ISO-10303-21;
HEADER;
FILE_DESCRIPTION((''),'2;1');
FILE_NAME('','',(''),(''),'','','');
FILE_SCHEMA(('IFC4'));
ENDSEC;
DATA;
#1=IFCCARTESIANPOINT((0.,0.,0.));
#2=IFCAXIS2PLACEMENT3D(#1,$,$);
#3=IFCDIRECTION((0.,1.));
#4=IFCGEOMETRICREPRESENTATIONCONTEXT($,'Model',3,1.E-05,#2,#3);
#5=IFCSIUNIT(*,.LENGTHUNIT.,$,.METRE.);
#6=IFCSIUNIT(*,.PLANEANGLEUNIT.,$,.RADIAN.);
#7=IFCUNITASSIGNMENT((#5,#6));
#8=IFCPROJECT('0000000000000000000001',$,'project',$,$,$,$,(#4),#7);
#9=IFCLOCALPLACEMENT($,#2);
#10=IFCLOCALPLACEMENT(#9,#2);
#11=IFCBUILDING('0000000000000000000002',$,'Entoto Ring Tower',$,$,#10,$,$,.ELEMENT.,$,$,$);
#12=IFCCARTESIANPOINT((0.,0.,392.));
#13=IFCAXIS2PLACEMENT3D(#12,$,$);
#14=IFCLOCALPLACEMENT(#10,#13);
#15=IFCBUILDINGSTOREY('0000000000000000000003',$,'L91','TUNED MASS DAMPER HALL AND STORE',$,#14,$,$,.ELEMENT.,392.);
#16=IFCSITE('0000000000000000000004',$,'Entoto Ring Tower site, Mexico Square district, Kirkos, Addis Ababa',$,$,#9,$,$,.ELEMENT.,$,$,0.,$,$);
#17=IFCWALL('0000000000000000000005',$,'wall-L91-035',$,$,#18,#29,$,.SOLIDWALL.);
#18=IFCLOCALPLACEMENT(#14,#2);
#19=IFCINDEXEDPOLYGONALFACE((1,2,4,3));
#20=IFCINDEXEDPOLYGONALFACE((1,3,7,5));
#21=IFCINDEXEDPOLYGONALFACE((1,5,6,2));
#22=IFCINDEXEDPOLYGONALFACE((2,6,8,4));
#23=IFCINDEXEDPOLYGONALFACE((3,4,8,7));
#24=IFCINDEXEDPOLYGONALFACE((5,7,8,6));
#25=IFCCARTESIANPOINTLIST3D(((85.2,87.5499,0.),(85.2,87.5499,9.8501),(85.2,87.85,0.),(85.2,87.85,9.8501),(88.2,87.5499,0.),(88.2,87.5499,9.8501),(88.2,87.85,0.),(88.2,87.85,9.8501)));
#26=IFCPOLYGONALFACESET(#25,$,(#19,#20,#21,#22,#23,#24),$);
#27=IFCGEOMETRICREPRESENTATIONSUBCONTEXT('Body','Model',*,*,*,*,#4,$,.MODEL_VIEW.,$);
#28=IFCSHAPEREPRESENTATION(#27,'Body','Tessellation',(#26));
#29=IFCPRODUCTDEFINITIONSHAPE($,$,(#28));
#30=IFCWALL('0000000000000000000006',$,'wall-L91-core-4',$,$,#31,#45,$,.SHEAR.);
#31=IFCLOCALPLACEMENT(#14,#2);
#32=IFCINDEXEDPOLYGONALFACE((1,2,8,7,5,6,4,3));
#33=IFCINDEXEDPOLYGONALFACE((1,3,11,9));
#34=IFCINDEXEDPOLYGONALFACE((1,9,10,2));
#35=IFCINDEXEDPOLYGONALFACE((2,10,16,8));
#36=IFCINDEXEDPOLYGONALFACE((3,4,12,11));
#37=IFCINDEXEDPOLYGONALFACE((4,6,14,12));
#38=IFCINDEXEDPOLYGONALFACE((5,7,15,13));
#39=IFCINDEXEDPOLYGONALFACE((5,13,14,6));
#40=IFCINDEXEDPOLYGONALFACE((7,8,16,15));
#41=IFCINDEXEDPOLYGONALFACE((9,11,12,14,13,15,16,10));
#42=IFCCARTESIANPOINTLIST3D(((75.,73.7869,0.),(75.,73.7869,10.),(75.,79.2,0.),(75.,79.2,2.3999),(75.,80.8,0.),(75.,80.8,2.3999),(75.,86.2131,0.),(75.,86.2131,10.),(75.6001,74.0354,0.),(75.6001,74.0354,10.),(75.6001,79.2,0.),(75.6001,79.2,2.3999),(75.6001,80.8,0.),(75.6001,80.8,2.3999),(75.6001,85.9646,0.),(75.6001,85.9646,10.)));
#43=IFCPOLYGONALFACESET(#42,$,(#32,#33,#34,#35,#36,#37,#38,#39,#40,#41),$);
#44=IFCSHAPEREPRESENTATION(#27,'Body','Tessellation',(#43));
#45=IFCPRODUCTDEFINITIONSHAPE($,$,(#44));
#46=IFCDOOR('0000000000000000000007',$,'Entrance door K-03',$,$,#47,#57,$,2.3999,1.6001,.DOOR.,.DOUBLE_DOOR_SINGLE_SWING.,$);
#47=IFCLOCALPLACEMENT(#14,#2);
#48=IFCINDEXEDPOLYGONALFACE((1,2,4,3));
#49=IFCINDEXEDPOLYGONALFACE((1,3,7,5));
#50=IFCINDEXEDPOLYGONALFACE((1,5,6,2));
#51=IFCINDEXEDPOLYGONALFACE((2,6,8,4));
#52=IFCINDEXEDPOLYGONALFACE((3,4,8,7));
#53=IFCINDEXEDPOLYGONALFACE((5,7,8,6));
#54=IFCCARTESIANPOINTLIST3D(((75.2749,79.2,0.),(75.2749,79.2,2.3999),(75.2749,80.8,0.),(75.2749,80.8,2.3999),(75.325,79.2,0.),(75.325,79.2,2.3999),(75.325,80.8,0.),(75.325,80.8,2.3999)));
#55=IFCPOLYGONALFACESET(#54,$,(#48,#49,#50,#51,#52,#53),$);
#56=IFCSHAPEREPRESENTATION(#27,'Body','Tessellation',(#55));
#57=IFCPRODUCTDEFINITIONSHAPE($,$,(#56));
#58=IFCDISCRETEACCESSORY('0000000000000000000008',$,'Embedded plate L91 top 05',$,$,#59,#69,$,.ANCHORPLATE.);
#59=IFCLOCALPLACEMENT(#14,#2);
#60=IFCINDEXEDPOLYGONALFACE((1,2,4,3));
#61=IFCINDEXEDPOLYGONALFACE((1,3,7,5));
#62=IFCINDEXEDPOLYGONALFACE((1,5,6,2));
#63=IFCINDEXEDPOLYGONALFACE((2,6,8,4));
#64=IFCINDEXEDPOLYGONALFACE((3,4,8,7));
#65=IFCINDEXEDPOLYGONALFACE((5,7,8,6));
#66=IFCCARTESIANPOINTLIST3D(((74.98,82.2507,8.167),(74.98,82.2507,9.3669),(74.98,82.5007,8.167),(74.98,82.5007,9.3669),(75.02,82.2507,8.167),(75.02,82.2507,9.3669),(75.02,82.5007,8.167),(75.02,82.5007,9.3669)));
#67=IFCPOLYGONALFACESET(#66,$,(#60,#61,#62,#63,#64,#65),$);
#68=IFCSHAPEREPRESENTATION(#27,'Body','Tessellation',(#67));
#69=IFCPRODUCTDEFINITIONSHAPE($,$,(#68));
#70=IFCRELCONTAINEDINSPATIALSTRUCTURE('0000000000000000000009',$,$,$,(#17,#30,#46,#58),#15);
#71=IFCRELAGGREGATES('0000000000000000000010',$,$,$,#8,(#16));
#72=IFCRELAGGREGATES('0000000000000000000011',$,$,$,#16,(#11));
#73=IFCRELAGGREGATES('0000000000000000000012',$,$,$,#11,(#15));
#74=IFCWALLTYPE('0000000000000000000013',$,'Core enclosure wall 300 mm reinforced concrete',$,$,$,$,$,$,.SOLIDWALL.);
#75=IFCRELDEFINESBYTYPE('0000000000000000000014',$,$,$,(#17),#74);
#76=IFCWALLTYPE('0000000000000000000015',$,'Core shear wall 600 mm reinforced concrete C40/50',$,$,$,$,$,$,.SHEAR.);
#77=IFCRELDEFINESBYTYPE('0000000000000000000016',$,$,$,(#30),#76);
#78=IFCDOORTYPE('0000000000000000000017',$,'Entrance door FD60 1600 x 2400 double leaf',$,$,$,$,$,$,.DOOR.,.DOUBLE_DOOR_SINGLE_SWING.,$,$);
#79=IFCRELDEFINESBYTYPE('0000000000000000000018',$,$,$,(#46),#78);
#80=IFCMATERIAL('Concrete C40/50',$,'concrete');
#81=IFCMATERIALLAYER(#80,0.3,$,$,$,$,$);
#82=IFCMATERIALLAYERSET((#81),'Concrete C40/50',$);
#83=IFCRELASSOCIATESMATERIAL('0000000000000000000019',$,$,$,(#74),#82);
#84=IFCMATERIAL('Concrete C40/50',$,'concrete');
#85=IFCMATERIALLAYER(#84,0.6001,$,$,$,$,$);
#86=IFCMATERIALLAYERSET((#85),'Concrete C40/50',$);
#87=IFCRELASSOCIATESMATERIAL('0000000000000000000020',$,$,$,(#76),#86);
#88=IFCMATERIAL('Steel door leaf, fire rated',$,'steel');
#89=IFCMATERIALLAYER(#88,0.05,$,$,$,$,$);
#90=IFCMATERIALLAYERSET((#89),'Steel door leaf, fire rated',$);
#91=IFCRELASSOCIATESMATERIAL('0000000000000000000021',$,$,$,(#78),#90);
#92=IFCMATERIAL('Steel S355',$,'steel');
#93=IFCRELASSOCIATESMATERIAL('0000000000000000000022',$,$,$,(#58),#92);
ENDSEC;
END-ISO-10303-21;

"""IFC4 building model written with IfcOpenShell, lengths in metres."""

from ifc_helpers import new_model, si_unit, direction, frame, frame_2d, origin, origin_2d, place, context, subcontext, project, spatial, polyline, rectangle, outline, extrude, material, layer, layer_set, type_object, element, fill, save


model = new_model("IFC4")

# Units and contexts
model_context = context("Model", 3, precision=1e-05, world=origin(), true_north=direction((0.0, 1.0)))
body_context = subcontext(model_context, "Body", "Model", "MODEL_VIEW")
ifc_project = project(units=[si_unit("LENGTHUNIT", "METRE"), si_unit("PLANEANGLEUNIT", "RADIAN")], contexts=[model_context])

# Site, building, storey
site_placement = place(None, origin())
site = spatial("IfcSite", under=ifc_project, at=site_placement, Name="Entoto Ring Tower site, Mexico Square district, Kirkos, Addis Ababa", CompositionType="ELEMENT", RefElevation=0.0)
building_placement = place(site_placement, origin())
building = spatial("IfcBuilding", under=site, at=building_placement, Name="Entoto Ring Tower", CompositionType="ELEMENT")
storey_placement = place(building_placement, frame((0.0, 0.0, 392.0)))
storey = spatial("IfcBuildingStorey", under=building, at=storey_placement, Name="L91", Description="TUNED MASS DAMPER HALL AND STORE", CompositionType="ELEMENT", Elevation=392.0)

# Shared definitions
ifc_material_1 = material(Name="Concrete C40/50", Category="concrete")
ifc_layer_1 = layer(ifc_material_1, 0.3)
ifc_layer_set_1 = layer_set([ifc_layer_1], Name="Concrete C40/50")
wall_type_1 = type_object("IfcWallType", Name="Core enclosure wall 300 mm reinforced concrete", PredefinedType="SOLIDWALL", material=ifc_layer_set_1)

# Wall
wall_1_placement = place(storey_placement, frame((85.2, 87.7, 0.0), z_axis=(0.0, 0.0, 1.0), x_axis=(1.0, 0.0, 0.0)))
element("IfcWall", 1, at=wall_1_placement, inside=storey, type_object=wall_type_1, Name="wall-L91-035", PredefinedType="SOLIDWALL", context=body_context, shape_type="SweptSolid", body=[
    extrude(rectangle(XDim=3.0, YDim=0.3, at=frame_2d((1.5, 0.0))), origin(), (0.0, 0.0, 1.0), 9.8501),
])

# Wall, opening, door
ifc_material_2 = material(Name="Concrete C40/50", Category="concrete")
ifc_layer_2 = layer(ifc_material_2, 0.6001)
ifc_layer_set_2 = layer_set([ifc_layer_2], Name="Concrete C40/50")
wall_type_2 = type_object("IfcWallType", Name="Core shear wall 600 mm reinforced concrete C40/50", PredefinedType="SHEAR", material=ifc_layer_set_2)
wall_2_placement = place(storey_placement, frame((75.3, 86.0889, 0.0), z_axis=(0.0, 0.0, 1.0), x_axis=(0.0, -1.0, 0.0)))
wall_2 = element("IfcWall", 2, at=wall_2_placement, inside=storey, type_object=wall_type_2, Name="wall-L91-core-4", PredefinedType="SHEAR", context=body_context, shape_type="SweptSolid", body=[
    extrude(outline(polyline([(-0.1243, -0.3), (12.302, -0.3), (12.0535, 0.3), (0.1243, 0.3), (-0.1243, -0.3)])), origin(), (0.0, 0.0, 1.0), 10.0),
])
opening_1_placement = place(wall_2_placement, frame((5.2888, 0.0, 0.0)))
opening_1 = element("IfcOpeningElement", 3, at=opening_1_placement, cuts=wall_2, PredefinedType="OPENING", context=body_context, shape_type="SweptSolid", body=[
    extrude(rectangle(XDim=1.6001, YDim=2.3999, at=frame_2d((0.8, 1.2))), frame((0.0, 0.3101, 0.0), z_axis=(0.0, -1.0, 0.0), x_axis=(1.0, 0.0, 0.0)), (0.0, 0.0, 1.0), 0.6201),
])
ifc_material_3 = material(Name="Steel door leaf, fire rated", Category="steel")
ifc_layer_3 = layer(ifc_material_3, 0.05)
ifc_layer_set_3 = layer_set([ifc_layer_3], Name="Steel door leaf, fire rated")
door_type_1 = type_object("IfcDoorType", Name="Entrance door FD60 1600 x 2400 double leaf", OperationType="DOUBLE_DOOR_SINGLE_SWING", PredefinedType="DOOR", material=ifc_layer_set_3)
door_1_placement = place(opening_1_placement, origin())
door_1 = element("IfcDoor", 4, at=door_1_placement, inside=storey, type_object=door_type_1, Name="Entrance door K-03", OperationType="DOUBLE_DOOR_SINGLE_SWING", OverallHeight=2.3999, OverallWidth=1.6001, PredefinedType="DOOR", context=body_context, shape_type="SweptSolid", body=[
    extrude(rectangle(XDim=1.6001, YDim=2.3999, at=frame_2d((0.8, 1.2))), frame((0.0, 0.0249, 0.0), z_axis=(0.0, -1.0, 0.0), x_axis=(1.0, 0.0, 0.0)), (0.0, 0.0, 1.0), 0.05),
])
fill(opening_1, door_1)

# Discrete accessory
ifc_material_4 = material(Name="Steel S355", Category="steel")
discrete_accessory_placement = place(storey_placement, frame((75.0, 82.3757, 8.167), z_axis=(0.0, 0.0, 1.0), x_axis=(-1.0, 0.0, 0.0)))
element("IfcDiscreteAccessory", 5, at=discrete_accessory_placement, inside=storey, material=ifc_material_4, Name="Embedded plate L91 top 05", PredefinedType="ANCHORPLATE", context=body_context, shape_type="SweptSolid", body=[
    extrude(rectangle(XDim=0.04, YDim=0.25, at=origin_2d()), origin(), (0.0, 0.0, 1.0), 1.2),
])

save(model, "model.ifc")
